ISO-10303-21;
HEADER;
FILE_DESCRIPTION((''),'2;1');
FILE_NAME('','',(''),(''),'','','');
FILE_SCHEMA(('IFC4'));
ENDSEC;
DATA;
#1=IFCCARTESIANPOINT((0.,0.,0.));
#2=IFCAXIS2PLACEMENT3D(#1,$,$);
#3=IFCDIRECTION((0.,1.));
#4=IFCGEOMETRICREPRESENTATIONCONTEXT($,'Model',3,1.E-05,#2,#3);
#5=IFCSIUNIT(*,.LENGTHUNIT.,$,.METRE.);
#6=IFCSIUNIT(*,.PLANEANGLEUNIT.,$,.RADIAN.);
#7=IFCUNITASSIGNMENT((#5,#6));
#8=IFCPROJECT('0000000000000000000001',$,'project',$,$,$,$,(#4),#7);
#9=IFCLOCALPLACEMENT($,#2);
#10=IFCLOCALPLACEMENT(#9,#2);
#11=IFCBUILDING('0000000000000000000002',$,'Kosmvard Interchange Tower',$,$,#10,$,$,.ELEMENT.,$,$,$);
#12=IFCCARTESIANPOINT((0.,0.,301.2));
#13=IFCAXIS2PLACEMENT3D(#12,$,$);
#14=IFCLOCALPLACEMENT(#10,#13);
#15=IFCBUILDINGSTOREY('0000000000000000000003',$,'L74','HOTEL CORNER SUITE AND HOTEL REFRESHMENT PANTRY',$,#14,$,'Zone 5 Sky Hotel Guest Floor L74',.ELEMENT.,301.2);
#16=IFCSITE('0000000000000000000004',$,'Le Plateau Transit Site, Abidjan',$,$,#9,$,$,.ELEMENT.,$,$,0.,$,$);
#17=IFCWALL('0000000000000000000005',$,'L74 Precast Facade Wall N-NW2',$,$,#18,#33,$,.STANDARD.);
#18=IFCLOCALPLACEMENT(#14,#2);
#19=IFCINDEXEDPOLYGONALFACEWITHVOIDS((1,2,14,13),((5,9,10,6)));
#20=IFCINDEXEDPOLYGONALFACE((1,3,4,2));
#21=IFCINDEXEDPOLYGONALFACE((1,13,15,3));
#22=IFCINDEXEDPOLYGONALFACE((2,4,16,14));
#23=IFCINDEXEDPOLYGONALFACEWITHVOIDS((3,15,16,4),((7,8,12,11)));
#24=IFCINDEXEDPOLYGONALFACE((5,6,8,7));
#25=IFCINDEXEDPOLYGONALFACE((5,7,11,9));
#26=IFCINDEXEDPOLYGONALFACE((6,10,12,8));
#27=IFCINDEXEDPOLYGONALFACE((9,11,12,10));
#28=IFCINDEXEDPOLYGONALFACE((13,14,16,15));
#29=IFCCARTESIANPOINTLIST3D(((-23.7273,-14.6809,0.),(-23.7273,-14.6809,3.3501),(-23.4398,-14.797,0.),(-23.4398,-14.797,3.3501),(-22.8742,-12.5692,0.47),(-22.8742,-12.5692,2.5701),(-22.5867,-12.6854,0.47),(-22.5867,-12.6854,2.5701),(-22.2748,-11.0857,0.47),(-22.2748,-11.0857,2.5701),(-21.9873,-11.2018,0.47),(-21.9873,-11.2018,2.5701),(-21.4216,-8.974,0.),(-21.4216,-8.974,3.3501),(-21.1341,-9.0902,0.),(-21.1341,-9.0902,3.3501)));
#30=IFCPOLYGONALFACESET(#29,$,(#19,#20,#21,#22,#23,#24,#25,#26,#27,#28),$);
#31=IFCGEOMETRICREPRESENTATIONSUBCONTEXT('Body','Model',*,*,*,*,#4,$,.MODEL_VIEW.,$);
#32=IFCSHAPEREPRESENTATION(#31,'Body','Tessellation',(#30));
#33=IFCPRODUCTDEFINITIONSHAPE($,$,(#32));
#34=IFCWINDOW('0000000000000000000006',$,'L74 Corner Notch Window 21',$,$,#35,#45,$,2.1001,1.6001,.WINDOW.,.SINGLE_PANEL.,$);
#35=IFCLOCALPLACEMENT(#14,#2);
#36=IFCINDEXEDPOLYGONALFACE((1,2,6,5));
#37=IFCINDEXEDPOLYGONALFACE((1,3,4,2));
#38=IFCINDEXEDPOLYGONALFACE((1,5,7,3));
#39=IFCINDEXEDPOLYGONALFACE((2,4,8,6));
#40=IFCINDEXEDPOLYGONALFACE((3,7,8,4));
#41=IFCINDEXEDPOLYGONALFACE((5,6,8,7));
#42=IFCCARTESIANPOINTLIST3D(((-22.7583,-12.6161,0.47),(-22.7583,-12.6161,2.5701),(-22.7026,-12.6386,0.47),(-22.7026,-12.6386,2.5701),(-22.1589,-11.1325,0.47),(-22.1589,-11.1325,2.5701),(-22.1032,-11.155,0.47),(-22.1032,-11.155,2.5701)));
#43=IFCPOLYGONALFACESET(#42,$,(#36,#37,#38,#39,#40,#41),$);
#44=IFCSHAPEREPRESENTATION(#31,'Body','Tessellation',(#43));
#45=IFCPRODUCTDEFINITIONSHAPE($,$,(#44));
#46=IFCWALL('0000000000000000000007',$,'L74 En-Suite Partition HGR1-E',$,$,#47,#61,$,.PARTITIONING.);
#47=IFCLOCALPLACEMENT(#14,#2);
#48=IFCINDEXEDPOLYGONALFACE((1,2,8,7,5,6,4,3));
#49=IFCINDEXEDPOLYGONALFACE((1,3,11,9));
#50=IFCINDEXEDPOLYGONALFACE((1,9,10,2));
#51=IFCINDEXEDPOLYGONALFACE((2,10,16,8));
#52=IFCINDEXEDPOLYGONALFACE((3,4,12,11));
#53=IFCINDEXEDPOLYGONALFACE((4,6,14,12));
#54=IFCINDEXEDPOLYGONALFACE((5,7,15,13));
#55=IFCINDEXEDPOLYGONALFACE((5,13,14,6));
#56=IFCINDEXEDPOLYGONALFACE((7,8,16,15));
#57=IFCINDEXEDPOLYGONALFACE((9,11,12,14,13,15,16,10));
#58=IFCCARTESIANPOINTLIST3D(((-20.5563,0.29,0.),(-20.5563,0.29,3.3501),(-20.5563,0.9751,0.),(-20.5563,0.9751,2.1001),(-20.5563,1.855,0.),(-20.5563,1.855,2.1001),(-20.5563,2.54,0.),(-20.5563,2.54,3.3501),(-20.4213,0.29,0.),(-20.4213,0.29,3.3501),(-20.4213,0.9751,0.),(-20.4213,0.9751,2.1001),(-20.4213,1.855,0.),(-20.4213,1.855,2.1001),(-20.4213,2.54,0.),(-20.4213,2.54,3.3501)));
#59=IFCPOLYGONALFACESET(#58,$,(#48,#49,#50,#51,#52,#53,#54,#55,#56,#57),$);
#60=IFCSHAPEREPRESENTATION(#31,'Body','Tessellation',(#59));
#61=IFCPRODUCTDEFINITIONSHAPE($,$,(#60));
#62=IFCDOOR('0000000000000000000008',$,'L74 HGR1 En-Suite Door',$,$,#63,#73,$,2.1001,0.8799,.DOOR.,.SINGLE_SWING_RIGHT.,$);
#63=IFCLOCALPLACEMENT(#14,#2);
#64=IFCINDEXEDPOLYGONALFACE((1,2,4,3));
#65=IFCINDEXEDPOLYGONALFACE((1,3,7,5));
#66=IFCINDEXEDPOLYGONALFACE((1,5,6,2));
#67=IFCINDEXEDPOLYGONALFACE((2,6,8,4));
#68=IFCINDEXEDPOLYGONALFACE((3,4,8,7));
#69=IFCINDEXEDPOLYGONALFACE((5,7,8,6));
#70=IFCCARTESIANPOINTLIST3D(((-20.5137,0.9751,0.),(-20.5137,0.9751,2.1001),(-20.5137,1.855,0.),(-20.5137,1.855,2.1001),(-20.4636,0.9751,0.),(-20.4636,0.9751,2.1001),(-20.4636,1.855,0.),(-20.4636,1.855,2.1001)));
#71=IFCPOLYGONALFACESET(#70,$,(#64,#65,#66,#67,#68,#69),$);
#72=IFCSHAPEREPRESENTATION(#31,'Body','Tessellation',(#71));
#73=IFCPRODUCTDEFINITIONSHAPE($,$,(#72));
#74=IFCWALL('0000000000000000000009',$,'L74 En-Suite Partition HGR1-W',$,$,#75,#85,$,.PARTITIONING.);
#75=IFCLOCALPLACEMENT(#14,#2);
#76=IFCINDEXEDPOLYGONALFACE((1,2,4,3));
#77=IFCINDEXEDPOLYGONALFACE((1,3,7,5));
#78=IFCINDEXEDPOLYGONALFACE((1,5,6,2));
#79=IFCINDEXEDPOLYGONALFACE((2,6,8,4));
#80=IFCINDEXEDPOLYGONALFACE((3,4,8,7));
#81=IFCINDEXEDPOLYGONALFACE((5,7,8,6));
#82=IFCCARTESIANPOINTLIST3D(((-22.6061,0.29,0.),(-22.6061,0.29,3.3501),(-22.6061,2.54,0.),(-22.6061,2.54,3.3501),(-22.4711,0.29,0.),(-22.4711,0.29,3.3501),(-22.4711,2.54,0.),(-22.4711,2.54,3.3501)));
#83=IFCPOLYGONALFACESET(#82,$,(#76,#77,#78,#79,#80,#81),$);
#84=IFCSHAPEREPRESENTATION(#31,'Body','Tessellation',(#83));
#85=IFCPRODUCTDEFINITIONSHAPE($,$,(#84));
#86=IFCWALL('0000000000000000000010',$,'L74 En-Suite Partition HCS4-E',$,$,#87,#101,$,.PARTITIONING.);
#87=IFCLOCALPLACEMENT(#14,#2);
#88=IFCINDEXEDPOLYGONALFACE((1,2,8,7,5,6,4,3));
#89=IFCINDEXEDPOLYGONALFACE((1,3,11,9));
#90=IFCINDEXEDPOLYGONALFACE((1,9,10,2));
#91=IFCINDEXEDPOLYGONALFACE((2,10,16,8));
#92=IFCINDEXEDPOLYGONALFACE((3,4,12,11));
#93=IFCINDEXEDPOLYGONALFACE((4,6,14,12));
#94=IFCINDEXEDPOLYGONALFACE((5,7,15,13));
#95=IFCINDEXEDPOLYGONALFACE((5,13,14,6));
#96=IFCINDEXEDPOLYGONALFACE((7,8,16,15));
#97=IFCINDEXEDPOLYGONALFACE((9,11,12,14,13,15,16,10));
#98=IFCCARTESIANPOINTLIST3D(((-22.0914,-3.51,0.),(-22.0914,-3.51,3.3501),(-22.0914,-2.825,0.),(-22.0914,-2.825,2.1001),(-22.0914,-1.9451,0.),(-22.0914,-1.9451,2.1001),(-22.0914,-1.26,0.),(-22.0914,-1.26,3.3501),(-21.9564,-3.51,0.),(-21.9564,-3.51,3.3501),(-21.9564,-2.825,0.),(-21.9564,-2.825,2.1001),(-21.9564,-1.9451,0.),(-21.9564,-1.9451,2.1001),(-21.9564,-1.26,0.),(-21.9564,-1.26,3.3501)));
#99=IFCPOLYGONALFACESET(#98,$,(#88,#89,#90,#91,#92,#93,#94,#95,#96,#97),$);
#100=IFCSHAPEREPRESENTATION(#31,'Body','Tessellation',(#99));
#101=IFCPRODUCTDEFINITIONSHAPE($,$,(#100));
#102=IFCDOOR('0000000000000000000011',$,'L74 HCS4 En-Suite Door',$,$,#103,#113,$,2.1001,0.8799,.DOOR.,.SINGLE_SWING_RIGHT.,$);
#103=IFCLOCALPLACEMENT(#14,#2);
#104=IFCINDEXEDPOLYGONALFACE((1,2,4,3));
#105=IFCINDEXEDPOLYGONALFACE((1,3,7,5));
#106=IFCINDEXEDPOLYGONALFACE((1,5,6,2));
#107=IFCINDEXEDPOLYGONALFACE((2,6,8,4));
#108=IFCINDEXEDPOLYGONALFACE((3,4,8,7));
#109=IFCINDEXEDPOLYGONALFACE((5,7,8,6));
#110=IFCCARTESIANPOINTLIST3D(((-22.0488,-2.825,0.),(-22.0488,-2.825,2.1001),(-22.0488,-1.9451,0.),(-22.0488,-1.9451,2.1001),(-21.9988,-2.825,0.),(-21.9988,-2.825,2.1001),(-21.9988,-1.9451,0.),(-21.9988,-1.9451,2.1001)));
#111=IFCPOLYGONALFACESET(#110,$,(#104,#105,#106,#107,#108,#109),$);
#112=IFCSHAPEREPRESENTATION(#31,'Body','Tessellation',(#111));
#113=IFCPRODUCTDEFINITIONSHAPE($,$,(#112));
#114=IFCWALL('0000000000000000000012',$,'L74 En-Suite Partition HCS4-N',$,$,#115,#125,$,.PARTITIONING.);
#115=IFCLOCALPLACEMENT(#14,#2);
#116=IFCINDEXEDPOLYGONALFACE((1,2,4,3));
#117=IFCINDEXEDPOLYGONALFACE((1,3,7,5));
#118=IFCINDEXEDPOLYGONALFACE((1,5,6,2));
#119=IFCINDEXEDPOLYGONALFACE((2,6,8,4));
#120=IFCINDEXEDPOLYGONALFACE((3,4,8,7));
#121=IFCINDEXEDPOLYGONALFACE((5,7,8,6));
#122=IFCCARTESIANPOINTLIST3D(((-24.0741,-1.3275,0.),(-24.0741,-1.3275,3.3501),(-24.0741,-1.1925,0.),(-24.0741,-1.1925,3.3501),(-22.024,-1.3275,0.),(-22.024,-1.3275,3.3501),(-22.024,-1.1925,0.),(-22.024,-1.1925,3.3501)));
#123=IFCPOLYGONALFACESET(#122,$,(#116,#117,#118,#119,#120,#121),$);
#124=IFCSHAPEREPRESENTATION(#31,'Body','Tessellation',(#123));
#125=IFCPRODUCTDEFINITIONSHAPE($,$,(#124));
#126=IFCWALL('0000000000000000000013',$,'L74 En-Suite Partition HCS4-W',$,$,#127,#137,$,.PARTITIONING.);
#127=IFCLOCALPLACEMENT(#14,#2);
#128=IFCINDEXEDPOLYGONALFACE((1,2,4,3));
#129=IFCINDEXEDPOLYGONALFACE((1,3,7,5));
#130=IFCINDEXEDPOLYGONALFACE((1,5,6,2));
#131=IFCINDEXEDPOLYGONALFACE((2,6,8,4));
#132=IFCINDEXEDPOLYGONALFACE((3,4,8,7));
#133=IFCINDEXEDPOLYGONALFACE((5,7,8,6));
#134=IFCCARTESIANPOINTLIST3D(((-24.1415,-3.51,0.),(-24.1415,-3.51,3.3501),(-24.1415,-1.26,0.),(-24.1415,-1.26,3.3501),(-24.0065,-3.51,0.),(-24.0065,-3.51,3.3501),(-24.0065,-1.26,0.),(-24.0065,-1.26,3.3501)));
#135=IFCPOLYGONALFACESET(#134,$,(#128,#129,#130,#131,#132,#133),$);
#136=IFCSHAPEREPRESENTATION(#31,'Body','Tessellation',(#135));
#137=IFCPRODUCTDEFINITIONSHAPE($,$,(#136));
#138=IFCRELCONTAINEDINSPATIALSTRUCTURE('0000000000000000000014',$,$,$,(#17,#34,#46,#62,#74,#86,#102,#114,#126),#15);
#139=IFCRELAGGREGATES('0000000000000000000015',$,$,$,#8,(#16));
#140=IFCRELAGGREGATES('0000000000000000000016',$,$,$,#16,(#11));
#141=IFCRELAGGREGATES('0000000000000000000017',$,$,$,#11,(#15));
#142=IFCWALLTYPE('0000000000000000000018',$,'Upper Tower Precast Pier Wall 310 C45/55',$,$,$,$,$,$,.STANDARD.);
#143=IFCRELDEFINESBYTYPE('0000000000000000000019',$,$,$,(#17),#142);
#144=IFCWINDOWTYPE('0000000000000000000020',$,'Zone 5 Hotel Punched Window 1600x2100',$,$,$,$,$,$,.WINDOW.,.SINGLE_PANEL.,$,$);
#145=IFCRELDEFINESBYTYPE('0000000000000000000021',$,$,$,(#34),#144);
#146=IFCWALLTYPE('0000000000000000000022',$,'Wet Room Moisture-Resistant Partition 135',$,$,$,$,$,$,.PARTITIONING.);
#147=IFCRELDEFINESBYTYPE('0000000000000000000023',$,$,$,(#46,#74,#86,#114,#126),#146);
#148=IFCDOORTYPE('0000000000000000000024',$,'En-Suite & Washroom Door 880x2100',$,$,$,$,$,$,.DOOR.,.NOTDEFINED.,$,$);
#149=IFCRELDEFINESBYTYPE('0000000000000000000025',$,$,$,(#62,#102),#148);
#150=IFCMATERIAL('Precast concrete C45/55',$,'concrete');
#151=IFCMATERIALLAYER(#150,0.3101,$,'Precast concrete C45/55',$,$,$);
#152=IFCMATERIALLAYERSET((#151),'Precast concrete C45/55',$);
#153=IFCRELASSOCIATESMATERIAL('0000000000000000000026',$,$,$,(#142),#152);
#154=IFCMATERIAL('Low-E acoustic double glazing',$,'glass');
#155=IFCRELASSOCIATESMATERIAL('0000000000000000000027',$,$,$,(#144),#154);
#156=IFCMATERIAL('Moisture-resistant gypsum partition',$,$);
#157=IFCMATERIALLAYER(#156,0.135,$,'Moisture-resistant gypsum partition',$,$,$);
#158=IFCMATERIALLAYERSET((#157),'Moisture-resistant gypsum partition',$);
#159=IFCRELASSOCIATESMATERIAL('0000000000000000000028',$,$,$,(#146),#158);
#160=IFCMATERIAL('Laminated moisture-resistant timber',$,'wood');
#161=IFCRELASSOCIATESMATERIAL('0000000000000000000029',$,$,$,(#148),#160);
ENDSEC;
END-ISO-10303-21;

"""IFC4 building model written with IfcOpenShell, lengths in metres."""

from ifc_helpers import new_model, si_unit, direction, frame, frame_2d, origin, place, context, subcontext, project, spatial, rectangle, extrude, source, transform, mapped, material, layer, layer_set, type_object, element, fill, save


model = new_model("IFC4")

# Units and contexts
model_context = context("Model", 3, precision=1e-05, world=origin(), true_north=direction((0.0, 1.0)))
body_context = subcontext(model_context, "Body", "Model", "MODEL_VIEW")
ifc_project = project(units=[si_unit("LENGTHUNIT", "METRE"), si_unit("PLANEANGLEUNIT", "RADIAN")], contexts=[model_context])

# Site, building, storey
site_placement = place(None, origin())
site = spatial("IfcSite", under=ifc_project, at=site_placement, Name="Le Plateau Transit Site, Abidjan", CompositionType="ELEMENT", RefElevation=0.0)
building_placement = place(site_placement, origin())
building = spatial("IfcBuilding", under=site, at=building_placement, Name="Kosmvard Interchange Tower", CompositionType="ELEMENT")
storey_placement = place(building_placement, frame((0.0, 0.0, 301.2)))
storey = spatial("IfcBuildingStorey", under=building, at=storey_placement, Name="L74", Description="HOTEL CORNER SUITE AND HOTEL REFRESHMENT PANTRY", LongName="Zone 5 Sky Hotel Guest Floor L74", CompositionType="ELEMENT", Elevation=301.2)

# Shared definitions
ifc_material_1 = material(Name="Precast concrete C45/55", Category="concrete")

# Shared definitions
ifc_layer_1 = layer(ifc_material_1, 0.3101, Name="Precast concrete C45/55")
ifc_layer_set_1 = layer_set([ifc_layer_1], Name="Precast concrete C45/55")
wall_type_1 = type_object("IfcWallType", Name="Upper Tower Precast Pier Wall 310 C45/55", PredefinedType="STANDARD", material=ifc_layer_set_1)

# Wall, opening, window
wall_1_placement = place(storey_placement, frame((-21.2778, -9.032, 0.0), z_axis=(0.0, 0.0, 1.0), x_axis=(-0.374603, -0.927185, 0.0)))
wall_1 = element("IfcWall", 1, at=wall_1_placement, inside=storey, type_object=wall_type_1, Name="L74 Precast Facade Wall N-NW2", PredefinedType="STANDARD", context=body_context, shape_type="SweptSolid", body=[
    extrude(rectangle(XDim=6.155, YDim=0.3101, at=frame_2d((3.0776, 0.0))), origin(), (0.0, 0.0, 1.0), 3.3501),
])
opening_1_placement = place(wall_1_placement, frame((2.2776, 0.0, 0.47)))
opening_1 = element("IfcOpeningElement", 2, at=opening_1_placement, cuts=wall_1, PredefinedType="OPENING", context=body_context, shape_type="SweptSolid", body=[
    extrude(rectangle(XDim=1.6001, YDim=2.1001, at=frame_2d((0.8, 1.05))), frame((0.0, 0.165, 0.0), z_axis=(0.0, -1.0, 0.0), x_axis=(1.0, 0.0, 0.0)), (0.0, 0.0, 1.0), 0.3301),
])
ifc_material_2 = material(Name="Low-E acoustic double glazing", Category="glass")
window_type = type_object("IfcWindowType", Name="Zone 5 Hotel Punched Window 1600x2100", PartitioningType="SINGLE_PANEL", PredefinedType="WINDOW", material=ifc_material_2)
shared_shape_1 = source(origin(), body_context, "Body", "SweptSolid", [
    extrude(rectangle(XDim=1.6001, YDim=2.1001, at=frame_2d((0.8, 1.05))), frame((0.0, 0.03, 0.0), z_axis=(0.0, -1.0, 0.0), x_axis=(1.0, 0.0, 0.0)), (0.0, 0.0, 1.0), 0.0601),
])
window_placement = place(opening_1_placement, origin())
window = element("IfcWindow", 3, at=window_placement, inside=storey, type_object=window_type, Name="L74 Corner Notch Window 21", OverallHeight=2.1001, OverallWidth=1.6001, PartitioningType="SINGLE_PANEL", PredefinedType="WINDOW", context=body_context, shape_type="MappedRepresentation", body=[
    mapped(shared_shape_1, transform((0.0, 0.0, 0.0), scale=1.0)),
])
fill(opening_1, window)

# Wall, opening, door
ifc_material_3 = material(Name="Moisture-resistant gypsum partition")
ifc_layer_2 = layer(ifc_material_3, 0.135, Name="Moisture-resistant gypsum partition")
ifc_layer_set_2 = layer_set([ifc_layer_2], Name="Moisture-resistant gypsum partition")
wall_type_2 = type_object("IfcWallType", Name="Wet Room Moisture-Resistant Partition 135", PredefinedType="PARTITIONING", material=ifc_layer_set_2)
wall_2_placement = place(storey_placement, frame((-20.4888, 0.29, 0.0), z_axis=(0.0, 0.0, 1.0), x_axis=(0.0, 1.0, 0.0)))
wall_2 = element("IfcWall", 4, at=wall_2_placement, inside=storey, type_object=wall_type_2, Name="L74 En-Suite Partition HGR1-E", PredefinedType="PARTITIONING", context=body_context, shape_type="SweptSolid", body=[
    extrude(rectangle(XDim=2.25, YDim=0.135, at=frame_2d((1.125, 0.0))), origin(), (0.0, 0.0, 1.0), 3.3501),
])
opening_2_placement = place(wall_2_placement, frame((0.6851, 0.0, 0.0)))
opening_2 = element("IfcOpeningElement", 5, at=opening_2_placement, cuts=wall_2, PredefinedType="OPENING", context=body_context, shape_type="SweptSolid", body=[
    extrude(rectangle(XDim=0.8799, YDim=2.1001, at=frame_2d((0.4399, 1.05))), frame((0.0, 0.0776, 0.0), z_axis=(0.0, -1.0, 0.0), x_axis=(1.0, 0.0, 0.0)), (0.0, 0.0, 1.0), 0.155),
])
ifc_material_4 = material(Name="Laminated moisture-resistant timber", Category="wood")
door_type = type_object("IfcDoorType", Name="En-Suite & Washroom Door 880x2100", OperationType="NOTDEFINED", PredefinedType="DOOR", material=ifc_material_4)
shared_shape_2 = source(origin(), body_context, "Body", "SweptSolid", [
    extrude(rectangle(XDim=0.8799, YDim=2.1001, at=frame_2d((0.4399, 1.05))), frame((0.0, 0.0249, 0.0), z_axis=(0.0, -1.0, 0.0), x_axis=(1.0, 0.0, 0.0)), (0.0, 0.0, 1.0), 0.05),
])
door_1_placement = place(opening_2_placement, origin())
door_1 = element("IfcDoor", 6, at=door_1_placement, inside=storey, type_object=door_type, Name="L74 HGR1 En-Suite Door", OperationType="SINGLE_SWING_RIGHT", OverallHeight=2.1001, OverallWidth=0.8799, PredefinedType="DOOR", context=body_context, shape_type="MappedRepresentation", body=[
    mapped(shared_shape_2, transform((0.0, 0.0, 0.0), scale=1.0)),
])
fill(opening_2, door_1)

# Wall
wall_3_placement = place(storey_placement, frame((-22.5386, 0.29, 0.0), z_axis=(0.0, 0.0, 1.0), x_axis=(0.0, 1.0, 0.0)))
element("IfcWall", 7, at=wall_3_placement, inside=storey, type_object=wall_type_2, Name="L74 En-Suite Partition HGR1-W", PredefinedType="PARTITIONING", context=body_context, shape_type="SweptSolid", body=[
    extrude(rectangle(XDim=2.25, YDim=0.135, at=frame_2d((1.125, 0.0))), origin(), (0.0, 0.0, 1.0), 3.3501),
])

# Wall, opening, door
wall_4_placement = place(storey_placement, frame((-22.0239, -3.51, 0.0), z_axis=(0.0, 0.0, 1.0), x_axis=(0.0, 1.0, 0.0)))
wall_4 = element("IfcWall", 8, at=wall_4_placement, inside=storey, type_object=wall_type_2, Name="L74 En-Suite Partition HCS4-E", PredefinedType="PARTITIONING", context=body_context, shape_type="SweptSolid", body=[
    extrude(rectangle(XDim=2.25, YDim=0.135, at=frame_2d((1.125, 0.0))), origin(), (0.0, 0.0, 1.0), 3.3501),
])
opening_3_placement = place(wall_4_placement, frame((0.6851, 0.0, 0.0)))
opening_3 = element("IfcOpeningElement", 9, at=opening_3_placement, cuts=wall_4, PredefinedType="OPENING", context=body_context, shape_type="SweptSolid", body=[
    extrude(rectangle(XDim=0.8799, YDim=2.1001, at=frame_2d((0.4399, 1.05))), frame((0.0, 0.0776, 0.0), z_axis=(0.0, -1.0, 0.0), x_axis=(1.0, 0.0, 0.0)), (0.0, 0.0, 1.0), 0.155),
])
door_2_placement = place(opening_3_placement, origin())
door_2 = element("IfcDoor", 10, at=door_2_placement, inside=storey, type_object=door_type, Name="L74 HCS4 En-Suite Door", OperationType="SINGLE_SWING_RIGHT", OverallHeight=2.1001, OverallWidth=0.8799, PredefinedType="DOOR", context=body_context, shape_type="MappedRepresentation", body=[
    mapped(shared_shape_2, transform((0.0, 0.0, 0.0), scale=1.0)),
])
fill(opening_3, door_2)

# Walls
wall_5_placement = place(storey_placement, frame((-24.074, -1.26, 0.0), z_axis=(0.0, 0.0, 1.0), x_axis=(1.0, 0.0, 0.0)))
element("IfcWall", 11, at=wall_5_placement, inside=storey, type_object=wall_type_2, Name="L74 En-Suite Partition HCS4-N", PredefinedType="PARTITIONING", context=body_context, shape_type="SweptSolid", body=[
    extrude(rectangle(XDim=2.05, YDim=0.135, at=frame_2d((1.0249, 0.0))), origin(), (0.0, 0.0, 1.0), 3.3501),
])
wall_6_placement = place(storey_placement, frame((-24.074, -3.51, 0.0), z_axis=(0.0, 0.0, 1.0), x_axis=(0.0, 1.0, 0.0)))
element("IfcWall", 12, at=wall_6_placement, inside=storey, type_object=wall_type_2, Name="L74 En-Suite Partition HCS4-W", PredefinedType="PARTITIONING", context=body_context, shape_type="SweptSolid", body=[
    extrude(rectangle(XDim=2.25, YDim=0.135, at=frame_2d((1.125, 0.0))), origin(), (0.0, 0.0, 1.0), 3.3501),
])

save(model, "model.ifc")
